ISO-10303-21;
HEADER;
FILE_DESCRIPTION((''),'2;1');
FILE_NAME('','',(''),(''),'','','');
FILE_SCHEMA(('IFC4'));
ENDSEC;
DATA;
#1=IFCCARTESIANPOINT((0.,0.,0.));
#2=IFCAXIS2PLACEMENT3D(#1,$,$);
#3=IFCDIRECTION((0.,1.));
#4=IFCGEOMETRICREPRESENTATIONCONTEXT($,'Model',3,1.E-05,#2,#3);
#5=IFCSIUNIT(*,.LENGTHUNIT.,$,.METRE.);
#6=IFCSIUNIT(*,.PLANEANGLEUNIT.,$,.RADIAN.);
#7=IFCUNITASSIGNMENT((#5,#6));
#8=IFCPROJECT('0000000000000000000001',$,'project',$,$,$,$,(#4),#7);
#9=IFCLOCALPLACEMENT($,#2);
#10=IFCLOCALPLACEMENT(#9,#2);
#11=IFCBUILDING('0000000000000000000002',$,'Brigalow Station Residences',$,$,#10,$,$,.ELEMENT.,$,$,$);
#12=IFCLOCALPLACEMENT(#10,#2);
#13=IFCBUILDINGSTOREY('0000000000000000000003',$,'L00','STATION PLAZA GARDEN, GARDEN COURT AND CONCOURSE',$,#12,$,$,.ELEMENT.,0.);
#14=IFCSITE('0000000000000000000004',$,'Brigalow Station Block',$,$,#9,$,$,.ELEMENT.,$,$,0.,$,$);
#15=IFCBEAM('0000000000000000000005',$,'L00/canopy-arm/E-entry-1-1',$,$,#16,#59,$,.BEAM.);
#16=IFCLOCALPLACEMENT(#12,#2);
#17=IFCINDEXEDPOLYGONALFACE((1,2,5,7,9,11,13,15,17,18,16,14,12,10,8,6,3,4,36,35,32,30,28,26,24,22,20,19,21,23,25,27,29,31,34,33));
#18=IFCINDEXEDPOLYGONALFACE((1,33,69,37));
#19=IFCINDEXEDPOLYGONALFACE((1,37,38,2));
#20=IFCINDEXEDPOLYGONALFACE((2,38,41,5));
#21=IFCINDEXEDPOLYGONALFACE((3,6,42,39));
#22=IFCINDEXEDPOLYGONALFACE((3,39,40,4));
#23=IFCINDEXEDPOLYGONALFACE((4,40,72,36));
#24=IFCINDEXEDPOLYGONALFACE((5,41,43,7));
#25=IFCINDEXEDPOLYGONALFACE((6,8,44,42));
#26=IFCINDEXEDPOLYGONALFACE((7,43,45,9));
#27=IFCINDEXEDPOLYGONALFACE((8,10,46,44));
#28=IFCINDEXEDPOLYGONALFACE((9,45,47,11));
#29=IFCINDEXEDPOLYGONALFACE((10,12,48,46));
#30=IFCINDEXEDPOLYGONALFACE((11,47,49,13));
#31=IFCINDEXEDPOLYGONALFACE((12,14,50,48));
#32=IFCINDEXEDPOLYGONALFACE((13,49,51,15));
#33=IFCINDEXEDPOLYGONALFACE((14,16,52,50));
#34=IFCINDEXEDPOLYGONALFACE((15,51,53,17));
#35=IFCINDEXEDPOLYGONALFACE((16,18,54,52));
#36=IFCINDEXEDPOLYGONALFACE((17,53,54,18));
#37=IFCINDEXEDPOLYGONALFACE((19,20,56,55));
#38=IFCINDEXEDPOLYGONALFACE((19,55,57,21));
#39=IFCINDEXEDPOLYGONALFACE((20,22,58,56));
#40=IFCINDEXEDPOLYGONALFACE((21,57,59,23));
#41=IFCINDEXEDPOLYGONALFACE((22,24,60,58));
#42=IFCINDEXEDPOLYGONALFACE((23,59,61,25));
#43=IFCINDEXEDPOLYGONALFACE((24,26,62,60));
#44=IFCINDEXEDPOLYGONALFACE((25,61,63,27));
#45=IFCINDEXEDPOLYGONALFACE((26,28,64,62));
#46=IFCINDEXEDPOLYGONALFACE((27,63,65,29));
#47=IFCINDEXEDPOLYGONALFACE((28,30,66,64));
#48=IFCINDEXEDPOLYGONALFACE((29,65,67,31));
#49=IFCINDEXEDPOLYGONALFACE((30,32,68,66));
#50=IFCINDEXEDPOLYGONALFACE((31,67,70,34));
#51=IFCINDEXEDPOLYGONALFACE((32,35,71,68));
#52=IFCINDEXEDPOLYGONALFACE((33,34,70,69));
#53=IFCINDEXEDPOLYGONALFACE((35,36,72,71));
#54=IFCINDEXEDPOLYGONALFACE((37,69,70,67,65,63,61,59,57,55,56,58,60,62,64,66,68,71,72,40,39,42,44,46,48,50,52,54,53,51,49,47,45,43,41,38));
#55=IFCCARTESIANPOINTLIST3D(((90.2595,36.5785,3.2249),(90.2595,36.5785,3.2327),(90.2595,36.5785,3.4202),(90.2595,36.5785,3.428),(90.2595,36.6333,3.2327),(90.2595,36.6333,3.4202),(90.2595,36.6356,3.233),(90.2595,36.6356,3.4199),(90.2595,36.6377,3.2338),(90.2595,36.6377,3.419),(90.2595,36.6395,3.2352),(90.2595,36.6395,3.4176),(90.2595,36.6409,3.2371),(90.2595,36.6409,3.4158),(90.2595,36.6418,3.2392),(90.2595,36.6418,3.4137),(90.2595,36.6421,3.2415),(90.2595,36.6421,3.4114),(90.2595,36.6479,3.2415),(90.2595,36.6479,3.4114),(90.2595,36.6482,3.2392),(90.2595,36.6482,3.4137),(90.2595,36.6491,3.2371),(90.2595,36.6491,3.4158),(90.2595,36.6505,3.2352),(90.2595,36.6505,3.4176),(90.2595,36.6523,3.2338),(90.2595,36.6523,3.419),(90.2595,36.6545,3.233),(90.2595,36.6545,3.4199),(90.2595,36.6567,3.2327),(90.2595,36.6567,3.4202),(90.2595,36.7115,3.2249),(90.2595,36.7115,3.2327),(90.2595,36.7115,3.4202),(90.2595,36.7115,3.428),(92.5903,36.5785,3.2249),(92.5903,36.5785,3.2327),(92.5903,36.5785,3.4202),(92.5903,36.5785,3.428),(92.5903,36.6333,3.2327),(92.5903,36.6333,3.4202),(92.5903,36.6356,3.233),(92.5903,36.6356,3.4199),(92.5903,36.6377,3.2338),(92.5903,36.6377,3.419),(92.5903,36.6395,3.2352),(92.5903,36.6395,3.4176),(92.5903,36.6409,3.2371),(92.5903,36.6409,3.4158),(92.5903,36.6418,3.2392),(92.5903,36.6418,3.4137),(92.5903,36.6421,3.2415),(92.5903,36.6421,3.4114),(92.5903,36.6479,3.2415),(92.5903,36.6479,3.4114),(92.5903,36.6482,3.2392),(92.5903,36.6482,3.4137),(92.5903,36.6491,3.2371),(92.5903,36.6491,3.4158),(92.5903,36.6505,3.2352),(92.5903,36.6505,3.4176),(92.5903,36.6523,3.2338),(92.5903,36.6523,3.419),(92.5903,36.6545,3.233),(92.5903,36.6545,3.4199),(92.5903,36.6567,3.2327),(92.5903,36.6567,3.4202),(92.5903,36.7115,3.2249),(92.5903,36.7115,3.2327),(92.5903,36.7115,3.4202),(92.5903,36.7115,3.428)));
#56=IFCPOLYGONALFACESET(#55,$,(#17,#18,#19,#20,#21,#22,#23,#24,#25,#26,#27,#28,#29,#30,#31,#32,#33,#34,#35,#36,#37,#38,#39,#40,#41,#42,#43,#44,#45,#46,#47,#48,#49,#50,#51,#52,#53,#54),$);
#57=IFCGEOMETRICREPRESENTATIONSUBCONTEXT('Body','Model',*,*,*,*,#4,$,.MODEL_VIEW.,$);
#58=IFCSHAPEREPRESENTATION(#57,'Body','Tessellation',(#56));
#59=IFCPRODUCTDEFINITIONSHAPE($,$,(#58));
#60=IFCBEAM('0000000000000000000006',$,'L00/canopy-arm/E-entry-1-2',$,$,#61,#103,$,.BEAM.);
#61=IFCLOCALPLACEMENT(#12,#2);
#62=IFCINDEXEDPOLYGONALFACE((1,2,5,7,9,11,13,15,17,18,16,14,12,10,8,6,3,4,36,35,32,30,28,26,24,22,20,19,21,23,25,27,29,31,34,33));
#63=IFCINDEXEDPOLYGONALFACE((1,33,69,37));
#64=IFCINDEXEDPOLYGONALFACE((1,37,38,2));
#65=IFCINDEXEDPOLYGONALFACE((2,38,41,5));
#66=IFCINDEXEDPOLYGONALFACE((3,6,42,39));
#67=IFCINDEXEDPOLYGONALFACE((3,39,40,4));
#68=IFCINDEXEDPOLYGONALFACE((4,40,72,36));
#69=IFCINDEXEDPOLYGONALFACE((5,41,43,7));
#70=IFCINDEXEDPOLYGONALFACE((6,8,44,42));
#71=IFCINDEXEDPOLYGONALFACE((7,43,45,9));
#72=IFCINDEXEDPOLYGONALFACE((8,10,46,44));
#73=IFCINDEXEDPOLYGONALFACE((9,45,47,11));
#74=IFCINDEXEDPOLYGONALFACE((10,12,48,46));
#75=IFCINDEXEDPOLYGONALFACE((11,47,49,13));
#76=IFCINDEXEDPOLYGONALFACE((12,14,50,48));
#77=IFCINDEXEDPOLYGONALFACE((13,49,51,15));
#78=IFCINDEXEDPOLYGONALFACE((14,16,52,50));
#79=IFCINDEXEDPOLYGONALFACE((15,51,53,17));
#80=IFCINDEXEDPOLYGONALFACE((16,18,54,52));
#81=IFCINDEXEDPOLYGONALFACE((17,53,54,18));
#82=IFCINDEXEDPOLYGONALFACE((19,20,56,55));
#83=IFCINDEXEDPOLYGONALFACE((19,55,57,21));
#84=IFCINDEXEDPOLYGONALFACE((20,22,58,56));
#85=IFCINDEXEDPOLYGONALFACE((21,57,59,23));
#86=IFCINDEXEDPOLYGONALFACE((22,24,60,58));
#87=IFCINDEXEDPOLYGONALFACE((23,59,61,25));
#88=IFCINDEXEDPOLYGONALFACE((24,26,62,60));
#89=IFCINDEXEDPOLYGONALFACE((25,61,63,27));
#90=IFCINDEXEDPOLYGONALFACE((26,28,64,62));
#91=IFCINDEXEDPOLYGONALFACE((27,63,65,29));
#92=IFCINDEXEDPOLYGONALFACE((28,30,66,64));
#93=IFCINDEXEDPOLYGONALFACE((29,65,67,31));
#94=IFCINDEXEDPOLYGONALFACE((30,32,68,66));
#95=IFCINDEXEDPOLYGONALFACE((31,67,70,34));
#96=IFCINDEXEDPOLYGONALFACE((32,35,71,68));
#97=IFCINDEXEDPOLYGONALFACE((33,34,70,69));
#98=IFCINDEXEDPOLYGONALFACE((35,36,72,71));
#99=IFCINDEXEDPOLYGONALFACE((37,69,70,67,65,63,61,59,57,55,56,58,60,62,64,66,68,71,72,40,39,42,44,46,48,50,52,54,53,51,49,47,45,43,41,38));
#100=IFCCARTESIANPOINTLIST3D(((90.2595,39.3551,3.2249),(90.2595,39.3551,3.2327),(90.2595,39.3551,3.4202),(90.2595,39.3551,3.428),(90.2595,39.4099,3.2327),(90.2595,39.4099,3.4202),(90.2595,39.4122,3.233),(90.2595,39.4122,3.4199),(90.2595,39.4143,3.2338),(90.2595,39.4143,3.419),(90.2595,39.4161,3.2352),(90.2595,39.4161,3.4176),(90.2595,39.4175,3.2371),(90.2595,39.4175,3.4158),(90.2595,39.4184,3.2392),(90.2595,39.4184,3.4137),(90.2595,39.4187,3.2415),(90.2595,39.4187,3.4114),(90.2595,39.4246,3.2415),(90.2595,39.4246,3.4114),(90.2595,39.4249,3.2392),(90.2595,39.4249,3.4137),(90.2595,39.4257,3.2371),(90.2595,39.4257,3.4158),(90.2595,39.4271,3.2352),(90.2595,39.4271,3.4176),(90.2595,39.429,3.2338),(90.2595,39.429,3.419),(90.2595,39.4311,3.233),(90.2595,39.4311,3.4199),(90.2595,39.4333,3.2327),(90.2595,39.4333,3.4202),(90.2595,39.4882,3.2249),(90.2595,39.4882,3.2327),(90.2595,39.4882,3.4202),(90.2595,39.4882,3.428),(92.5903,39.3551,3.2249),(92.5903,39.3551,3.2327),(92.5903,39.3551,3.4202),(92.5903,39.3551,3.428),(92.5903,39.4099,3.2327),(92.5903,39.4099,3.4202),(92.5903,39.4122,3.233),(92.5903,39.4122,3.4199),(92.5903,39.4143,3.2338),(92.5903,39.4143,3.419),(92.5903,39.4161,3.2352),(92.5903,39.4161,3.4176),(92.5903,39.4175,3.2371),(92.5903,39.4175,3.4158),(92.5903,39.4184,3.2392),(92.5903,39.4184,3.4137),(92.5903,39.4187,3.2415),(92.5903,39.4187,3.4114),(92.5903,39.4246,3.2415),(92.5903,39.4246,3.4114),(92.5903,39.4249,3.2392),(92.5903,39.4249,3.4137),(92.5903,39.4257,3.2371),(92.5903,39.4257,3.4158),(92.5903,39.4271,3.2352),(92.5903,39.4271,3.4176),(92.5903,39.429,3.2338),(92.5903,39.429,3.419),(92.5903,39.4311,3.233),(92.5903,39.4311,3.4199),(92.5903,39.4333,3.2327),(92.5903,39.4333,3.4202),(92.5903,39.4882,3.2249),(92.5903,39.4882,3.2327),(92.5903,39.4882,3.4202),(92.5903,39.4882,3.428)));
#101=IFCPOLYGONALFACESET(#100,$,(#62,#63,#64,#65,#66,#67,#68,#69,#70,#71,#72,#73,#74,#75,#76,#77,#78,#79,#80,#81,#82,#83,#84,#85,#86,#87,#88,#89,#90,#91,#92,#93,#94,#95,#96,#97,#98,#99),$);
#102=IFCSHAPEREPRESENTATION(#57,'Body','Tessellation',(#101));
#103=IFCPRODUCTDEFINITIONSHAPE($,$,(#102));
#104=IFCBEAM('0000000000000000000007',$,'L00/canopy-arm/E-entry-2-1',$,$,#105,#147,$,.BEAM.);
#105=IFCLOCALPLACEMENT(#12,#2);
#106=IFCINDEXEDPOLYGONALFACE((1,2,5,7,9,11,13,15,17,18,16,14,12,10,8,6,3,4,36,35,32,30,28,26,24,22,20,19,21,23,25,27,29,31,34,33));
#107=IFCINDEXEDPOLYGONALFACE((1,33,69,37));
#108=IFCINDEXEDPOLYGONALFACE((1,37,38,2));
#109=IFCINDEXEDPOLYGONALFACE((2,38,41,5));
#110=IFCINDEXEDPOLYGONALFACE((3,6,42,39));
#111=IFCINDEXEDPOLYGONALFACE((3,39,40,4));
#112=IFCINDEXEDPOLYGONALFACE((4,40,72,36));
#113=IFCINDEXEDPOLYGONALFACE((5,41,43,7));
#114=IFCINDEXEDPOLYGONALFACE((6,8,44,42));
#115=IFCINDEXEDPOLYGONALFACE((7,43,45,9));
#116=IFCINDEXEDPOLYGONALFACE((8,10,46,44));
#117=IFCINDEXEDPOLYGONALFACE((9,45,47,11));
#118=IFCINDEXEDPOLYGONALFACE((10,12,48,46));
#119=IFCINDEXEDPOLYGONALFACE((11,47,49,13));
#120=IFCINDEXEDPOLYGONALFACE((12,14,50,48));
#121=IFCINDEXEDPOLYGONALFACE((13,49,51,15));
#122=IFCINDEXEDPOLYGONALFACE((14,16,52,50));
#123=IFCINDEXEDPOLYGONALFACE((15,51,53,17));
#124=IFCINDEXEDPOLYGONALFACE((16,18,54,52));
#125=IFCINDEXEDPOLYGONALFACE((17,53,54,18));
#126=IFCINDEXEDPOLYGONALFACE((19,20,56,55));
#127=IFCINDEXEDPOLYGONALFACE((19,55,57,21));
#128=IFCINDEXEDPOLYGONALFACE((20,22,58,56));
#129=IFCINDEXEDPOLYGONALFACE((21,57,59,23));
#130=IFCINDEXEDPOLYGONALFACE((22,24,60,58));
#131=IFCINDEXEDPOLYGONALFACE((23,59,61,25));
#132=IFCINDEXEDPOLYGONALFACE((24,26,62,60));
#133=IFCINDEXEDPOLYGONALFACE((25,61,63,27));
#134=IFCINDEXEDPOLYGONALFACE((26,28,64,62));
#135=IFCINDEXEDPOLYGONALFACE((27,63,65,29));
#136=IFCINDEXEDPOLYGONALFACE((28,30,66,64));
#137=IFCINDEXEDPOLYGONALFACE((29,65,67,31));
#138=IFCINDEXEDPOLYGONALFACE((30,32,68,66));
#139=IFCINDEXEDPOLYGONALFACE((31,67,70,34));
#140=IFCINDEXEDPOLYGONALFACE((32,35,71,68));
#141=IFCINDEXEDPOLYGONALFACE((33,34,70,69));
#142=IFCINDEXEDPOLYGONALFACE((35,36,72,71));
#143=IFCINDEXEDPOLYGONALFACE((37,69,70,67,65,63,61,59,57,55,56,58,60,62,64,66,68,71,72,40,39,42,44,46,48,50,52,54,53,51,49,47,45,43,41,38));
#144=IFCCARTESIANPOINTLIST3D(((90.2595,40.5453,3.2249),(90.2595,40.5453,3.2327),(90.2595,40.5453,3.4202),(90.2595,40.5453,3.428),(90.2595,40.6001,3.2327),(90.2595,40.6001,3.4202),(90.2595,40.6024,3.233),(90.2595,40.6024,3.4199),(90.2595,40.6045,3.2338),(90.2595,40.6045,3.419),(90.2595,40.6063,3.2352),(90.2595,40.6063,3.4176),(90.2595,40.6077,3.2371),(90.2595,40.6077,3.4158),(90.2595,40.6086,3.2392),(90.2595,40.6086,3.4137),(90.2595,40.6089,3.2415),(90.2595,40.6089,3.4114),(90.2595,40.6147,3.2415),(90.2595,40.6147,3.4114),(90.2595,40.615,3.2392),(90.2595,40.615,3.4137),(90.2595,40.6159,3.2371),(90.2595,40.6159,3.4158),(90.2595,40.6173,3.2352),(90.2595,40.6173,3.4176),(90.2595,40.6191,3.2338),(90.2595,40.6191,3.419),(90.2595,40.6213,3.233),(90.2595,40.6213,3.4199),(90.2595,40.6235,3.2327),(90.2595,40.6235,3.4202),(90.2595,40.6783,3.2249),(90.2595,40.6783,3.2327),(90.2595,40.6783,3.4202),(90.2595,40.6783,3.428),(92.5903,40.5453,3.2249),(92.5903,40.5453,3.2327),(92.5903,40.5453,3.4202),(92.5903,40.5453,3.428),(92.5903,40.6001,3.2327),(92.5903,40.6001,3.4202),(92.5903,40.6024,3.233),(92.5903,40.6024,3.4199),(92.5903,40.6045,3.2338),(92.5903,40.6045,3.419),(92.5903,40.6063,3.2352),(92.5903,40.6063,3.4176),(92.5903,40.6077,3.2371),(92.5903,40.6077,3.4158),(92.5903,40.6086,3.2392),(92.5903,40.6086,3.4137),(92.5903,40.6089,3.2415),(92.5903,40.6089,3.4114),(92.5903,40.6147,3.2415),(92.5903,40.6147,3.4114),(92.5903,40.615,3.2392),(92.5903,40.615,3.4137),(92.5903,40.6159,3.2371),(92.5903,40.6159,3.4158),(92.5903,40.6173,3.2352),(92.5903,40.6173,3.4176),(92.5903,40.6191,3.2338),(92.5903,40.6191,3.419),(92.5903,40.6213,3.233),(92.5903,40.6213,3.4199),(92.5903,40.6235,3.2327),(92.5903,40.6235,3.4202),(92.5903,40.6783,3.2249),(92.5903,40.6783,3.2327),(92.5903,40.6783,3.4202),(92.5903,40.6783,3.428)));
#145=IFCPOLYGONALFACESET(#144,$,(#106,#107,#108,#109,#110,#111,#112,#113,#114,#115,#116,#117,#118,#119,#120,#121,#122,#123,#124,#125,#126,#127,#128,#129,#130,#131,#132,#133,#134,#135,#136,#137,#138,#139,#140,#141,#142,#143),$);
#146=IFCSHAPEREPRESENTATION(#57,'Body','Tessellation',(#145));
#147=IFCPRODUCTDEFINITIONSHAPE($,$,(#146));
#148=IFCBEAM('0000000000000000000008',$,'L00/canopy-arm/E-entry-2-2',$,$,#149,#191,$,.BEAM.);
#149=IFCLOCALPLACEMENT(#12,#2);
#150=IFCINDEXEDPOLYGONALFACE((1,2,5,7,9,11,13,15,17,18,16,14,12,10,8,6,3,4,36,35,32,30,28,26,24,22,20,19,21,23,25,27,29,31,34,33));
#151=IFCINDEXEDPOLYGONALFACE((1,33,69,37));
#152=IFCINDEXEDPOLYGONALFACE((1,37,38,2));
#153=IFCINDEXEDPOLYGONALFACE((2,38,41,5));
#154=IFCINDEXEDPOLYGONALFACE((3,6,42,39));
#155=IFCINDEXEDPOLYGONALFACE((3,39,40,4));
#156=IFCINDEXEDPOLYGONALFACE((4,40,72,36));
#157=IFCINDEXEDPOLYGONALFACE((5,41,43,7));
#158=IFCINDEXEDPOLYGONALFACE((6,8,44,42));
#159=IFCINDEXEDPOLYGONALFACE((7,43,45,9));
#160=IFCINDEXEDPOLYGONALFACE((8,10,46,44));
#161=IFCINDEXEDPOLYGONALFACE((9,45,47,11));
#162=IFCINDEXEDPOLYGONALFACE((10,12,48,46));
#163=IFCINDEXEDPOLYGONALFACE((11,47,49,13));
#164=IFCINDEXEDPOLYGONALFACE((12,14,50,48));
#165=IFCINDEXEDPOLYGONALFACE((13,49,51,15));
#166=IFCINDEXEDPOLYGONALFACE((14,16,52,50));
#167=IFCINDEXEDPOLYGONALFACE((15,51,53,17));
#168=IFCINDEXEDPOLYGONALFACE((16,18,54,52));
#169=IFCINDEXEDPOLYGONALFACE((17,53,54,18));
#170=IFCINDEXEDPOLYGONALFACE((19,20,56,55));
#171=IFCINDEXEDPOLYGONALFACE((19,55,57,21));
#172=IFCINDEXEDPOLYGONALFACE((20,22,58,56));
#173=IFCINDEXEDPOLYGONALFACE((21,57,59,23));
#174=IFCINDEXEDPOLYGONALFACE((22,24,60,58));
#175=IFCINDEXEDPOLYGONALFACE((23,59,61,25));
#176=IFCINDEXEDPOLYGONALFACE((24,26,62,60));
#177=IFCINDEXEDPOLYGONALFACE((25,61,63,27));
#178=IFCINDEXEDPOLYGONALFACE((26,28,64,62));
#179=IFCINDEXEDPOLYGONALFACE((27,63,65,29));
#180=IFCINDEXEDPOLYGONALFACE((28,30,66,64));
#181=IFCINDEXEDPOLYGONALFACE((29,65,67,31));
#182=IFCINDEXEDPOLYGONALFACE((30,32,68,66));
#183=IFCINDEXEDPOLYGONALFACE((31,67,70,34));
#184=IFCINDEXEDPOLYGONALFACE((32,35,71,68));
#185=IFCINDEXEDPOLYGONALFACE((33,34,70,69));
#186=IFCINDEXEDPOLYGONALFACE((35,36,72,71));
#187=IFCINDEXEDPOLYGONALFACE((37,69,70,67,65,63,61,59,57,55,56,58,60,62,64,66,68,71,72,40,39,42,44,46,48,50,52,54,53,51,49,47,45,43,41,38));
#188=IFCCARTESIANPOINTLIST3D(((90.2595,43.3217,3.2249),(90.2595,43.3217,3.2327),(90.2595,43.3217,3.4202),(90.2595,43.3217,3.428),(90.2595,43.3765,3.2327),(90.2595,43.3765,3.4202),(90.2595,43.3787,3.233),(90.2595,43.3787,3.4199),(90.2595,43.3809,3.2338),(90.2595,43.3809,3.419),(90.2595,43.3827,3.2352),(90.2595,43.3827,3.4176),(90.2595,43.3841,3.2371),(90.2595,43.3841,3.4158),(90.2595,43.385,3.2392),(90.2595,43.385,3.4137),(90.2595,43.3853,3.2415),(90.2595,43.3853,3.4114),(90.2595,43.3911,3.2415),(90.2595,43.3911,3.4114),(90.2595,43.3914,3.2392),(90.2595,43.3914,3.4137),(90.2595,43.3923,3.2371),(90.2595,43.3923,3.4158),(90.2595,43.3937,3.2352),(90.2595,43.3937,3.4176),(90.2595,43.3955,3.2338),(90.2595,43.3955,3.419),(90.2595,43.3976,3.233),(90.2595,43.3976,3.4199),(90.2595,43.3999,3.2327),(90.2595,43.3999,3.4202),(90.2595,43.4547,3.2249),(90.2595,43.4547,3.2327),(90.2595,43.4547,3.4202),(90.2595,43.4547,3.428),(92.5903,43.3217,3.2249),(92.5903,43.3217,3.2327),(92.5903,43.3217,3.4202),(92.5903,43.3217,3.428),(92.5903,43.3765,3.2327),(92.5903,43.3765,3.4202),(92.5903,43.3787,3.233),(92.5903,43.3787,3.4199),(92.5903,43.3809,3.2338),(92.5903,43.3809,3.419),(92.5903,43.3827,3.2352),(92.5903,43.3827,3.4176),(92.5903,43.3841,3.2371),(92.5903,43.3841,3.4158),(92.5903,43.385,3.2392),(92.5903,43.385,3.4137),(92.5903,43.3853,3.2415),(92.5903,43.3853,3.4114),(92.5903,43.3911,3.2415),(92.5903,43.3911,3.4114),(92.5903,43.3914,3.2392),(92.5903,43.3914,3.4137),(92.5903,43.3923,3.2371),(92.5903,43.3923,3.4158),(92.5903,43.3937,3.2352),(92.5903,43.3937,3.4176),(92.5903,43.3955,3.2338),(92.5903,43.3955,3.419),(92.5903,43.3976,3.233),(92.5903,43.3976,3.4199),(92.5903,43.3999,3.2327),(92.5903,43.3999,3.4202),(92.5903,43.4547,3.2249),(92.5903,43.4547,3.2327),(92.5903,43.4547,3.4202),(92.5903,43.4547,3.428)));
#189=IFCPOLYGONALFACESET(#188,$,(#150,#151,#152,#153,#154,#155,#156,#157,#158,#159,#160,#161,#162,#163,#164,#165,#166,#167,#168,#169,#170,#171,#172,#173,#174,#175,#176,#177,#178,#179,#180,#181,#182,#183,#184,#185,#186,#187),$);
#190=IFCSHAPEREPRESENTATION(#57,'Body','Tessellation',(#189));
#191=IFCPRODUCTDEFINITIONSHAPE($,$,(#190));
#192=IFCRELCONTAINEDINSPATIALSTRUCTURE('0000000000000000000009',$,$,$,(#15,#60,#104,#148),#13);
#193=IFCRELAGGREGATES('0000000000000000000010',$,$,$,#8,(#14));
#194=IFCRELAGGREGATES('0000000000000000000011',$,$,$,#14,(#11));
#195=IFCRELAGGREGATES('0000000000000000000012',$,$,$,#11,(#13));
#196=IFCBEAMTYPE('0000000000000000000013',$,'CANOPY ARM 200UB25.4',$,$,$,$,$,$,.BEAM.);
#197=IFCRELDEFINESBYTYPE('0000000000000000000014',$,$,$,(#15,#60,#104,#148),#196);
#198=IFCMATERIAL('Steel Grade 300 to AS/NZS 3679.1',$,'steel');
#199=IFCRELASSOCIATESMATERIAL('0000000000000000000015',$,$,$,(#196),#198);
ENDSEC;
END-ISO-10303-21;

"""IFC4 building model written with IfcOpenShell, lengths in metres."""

from ifc_helpers import new_model, si_unit, direction, frame, origin, origin_2d, place, context, subcontext, project, spatial, i_section, extrude, material, material_profile, profile_set, type_object, element, save


model = new_model("IFC4")

# Units and contexts
model_context = context("Model", 3, precision=1e-05, world=origin(), true_north=direction((0.0, 1.0)))
body_context = subcontext(model_context, "Body", "Model", "MODEL_VIEW")
ifc_project = project(units=[si_unit("LENGTHUNIT", "METRE"), si_unit("PLANEANGLEUNIT", "RADIAN")], contexts=[model_context])

# Site, building, storey
site_placement = place(None, origin())
site = spatial("IfcSite", under=ifc_project, at=site_placement, Name="Brigalow Station Block", CompositionType="ELEMENT", RefElevation=0.0)
building_placement = place(site_placement, origin())
building = spatial("IfcBuilding", under=site, at=building_placement, Name="Brigalow Station Residences", CompositionType="ELEMENT")
storey_placement = place(building_placement, origin())
storey = spatial("IfcBuildingStorey", under=building, at=storey_placement, Name="L00", Description="STATION PLAZA GARDEN, GARDEN COURT AND CONCOURSE", CompositionType="ELEMENT", Elevation=0.0)

# Beams
ifc_material_1 = material(Name="Steel Grade 300 to AS/NZS 3679.1", Category="steel")
ifc_material_profile_1 = material_profile(ifc_material_1, i_section(OverallWidth=0.1331, OverallDepth=0.2031, WebThickness=0.0059, FlangeThickness=0.0078, FilletRadius=0.0088, at=origin_2d()), Name="200UB25.4")
ifc_profile_set_1 = profile_set([ifc_material_profile_1], Name="Steel Grade 300 to AS/NZS 3679.1")
beam_type_1 = type_object("IfcBeamType", Name="CANOPY ARM 200UB25.4", PredefinedType="BEAM", material=ifc_profile_set_1)
for number, where, z_axis, x_axis, name in (
    (1, (90.2595, 36.645, 3.3264), (1.0, 0.0, 0.0), (0.0, 1.0, 0.0), "L00/canopy-arm/E-entry-1-1"),
    (2, (90.2595, 39.4216, 3.3264), (1.0, 0.0, 0.0), (0.0, 1.0, 0.0), "L00/canopy-arm/E-entry-1-2"),
    (3, (90.2595, 40.6118, 3.3264), (1.0, 0.0, 0.0), (0.0, 1.0, 0.0), "L00/canopy-arm/E-entry-2-1"),
    (4, (90.2595, 43.3882, 3.3264), (1.0, 0.0, 0.0), (0.0, 1.0, 0.0), "L00/canopy-arm/E-entry-2-2"),
):
    element("IfcBeam", number, at=place(storey_placement, frame(where, z_axis=z_axis, x_axis=x_axis)), inside=storey, type_object=beam_type_1, Name=name, PredefinedType="BEAM", context=body_context, shape_type="SweptSolid", body=[
        extrude(i_section(OverallWidth=0.1331, OverallDepth=0.2031, WebThickness=0.0059, FlangeThickness=0.0078, FilletRadius=0.0088, at=origin_2d()), origin(), (0.0, 0.0, 1.0), 2.3308),
    ])

save(model, "model.ifc")
